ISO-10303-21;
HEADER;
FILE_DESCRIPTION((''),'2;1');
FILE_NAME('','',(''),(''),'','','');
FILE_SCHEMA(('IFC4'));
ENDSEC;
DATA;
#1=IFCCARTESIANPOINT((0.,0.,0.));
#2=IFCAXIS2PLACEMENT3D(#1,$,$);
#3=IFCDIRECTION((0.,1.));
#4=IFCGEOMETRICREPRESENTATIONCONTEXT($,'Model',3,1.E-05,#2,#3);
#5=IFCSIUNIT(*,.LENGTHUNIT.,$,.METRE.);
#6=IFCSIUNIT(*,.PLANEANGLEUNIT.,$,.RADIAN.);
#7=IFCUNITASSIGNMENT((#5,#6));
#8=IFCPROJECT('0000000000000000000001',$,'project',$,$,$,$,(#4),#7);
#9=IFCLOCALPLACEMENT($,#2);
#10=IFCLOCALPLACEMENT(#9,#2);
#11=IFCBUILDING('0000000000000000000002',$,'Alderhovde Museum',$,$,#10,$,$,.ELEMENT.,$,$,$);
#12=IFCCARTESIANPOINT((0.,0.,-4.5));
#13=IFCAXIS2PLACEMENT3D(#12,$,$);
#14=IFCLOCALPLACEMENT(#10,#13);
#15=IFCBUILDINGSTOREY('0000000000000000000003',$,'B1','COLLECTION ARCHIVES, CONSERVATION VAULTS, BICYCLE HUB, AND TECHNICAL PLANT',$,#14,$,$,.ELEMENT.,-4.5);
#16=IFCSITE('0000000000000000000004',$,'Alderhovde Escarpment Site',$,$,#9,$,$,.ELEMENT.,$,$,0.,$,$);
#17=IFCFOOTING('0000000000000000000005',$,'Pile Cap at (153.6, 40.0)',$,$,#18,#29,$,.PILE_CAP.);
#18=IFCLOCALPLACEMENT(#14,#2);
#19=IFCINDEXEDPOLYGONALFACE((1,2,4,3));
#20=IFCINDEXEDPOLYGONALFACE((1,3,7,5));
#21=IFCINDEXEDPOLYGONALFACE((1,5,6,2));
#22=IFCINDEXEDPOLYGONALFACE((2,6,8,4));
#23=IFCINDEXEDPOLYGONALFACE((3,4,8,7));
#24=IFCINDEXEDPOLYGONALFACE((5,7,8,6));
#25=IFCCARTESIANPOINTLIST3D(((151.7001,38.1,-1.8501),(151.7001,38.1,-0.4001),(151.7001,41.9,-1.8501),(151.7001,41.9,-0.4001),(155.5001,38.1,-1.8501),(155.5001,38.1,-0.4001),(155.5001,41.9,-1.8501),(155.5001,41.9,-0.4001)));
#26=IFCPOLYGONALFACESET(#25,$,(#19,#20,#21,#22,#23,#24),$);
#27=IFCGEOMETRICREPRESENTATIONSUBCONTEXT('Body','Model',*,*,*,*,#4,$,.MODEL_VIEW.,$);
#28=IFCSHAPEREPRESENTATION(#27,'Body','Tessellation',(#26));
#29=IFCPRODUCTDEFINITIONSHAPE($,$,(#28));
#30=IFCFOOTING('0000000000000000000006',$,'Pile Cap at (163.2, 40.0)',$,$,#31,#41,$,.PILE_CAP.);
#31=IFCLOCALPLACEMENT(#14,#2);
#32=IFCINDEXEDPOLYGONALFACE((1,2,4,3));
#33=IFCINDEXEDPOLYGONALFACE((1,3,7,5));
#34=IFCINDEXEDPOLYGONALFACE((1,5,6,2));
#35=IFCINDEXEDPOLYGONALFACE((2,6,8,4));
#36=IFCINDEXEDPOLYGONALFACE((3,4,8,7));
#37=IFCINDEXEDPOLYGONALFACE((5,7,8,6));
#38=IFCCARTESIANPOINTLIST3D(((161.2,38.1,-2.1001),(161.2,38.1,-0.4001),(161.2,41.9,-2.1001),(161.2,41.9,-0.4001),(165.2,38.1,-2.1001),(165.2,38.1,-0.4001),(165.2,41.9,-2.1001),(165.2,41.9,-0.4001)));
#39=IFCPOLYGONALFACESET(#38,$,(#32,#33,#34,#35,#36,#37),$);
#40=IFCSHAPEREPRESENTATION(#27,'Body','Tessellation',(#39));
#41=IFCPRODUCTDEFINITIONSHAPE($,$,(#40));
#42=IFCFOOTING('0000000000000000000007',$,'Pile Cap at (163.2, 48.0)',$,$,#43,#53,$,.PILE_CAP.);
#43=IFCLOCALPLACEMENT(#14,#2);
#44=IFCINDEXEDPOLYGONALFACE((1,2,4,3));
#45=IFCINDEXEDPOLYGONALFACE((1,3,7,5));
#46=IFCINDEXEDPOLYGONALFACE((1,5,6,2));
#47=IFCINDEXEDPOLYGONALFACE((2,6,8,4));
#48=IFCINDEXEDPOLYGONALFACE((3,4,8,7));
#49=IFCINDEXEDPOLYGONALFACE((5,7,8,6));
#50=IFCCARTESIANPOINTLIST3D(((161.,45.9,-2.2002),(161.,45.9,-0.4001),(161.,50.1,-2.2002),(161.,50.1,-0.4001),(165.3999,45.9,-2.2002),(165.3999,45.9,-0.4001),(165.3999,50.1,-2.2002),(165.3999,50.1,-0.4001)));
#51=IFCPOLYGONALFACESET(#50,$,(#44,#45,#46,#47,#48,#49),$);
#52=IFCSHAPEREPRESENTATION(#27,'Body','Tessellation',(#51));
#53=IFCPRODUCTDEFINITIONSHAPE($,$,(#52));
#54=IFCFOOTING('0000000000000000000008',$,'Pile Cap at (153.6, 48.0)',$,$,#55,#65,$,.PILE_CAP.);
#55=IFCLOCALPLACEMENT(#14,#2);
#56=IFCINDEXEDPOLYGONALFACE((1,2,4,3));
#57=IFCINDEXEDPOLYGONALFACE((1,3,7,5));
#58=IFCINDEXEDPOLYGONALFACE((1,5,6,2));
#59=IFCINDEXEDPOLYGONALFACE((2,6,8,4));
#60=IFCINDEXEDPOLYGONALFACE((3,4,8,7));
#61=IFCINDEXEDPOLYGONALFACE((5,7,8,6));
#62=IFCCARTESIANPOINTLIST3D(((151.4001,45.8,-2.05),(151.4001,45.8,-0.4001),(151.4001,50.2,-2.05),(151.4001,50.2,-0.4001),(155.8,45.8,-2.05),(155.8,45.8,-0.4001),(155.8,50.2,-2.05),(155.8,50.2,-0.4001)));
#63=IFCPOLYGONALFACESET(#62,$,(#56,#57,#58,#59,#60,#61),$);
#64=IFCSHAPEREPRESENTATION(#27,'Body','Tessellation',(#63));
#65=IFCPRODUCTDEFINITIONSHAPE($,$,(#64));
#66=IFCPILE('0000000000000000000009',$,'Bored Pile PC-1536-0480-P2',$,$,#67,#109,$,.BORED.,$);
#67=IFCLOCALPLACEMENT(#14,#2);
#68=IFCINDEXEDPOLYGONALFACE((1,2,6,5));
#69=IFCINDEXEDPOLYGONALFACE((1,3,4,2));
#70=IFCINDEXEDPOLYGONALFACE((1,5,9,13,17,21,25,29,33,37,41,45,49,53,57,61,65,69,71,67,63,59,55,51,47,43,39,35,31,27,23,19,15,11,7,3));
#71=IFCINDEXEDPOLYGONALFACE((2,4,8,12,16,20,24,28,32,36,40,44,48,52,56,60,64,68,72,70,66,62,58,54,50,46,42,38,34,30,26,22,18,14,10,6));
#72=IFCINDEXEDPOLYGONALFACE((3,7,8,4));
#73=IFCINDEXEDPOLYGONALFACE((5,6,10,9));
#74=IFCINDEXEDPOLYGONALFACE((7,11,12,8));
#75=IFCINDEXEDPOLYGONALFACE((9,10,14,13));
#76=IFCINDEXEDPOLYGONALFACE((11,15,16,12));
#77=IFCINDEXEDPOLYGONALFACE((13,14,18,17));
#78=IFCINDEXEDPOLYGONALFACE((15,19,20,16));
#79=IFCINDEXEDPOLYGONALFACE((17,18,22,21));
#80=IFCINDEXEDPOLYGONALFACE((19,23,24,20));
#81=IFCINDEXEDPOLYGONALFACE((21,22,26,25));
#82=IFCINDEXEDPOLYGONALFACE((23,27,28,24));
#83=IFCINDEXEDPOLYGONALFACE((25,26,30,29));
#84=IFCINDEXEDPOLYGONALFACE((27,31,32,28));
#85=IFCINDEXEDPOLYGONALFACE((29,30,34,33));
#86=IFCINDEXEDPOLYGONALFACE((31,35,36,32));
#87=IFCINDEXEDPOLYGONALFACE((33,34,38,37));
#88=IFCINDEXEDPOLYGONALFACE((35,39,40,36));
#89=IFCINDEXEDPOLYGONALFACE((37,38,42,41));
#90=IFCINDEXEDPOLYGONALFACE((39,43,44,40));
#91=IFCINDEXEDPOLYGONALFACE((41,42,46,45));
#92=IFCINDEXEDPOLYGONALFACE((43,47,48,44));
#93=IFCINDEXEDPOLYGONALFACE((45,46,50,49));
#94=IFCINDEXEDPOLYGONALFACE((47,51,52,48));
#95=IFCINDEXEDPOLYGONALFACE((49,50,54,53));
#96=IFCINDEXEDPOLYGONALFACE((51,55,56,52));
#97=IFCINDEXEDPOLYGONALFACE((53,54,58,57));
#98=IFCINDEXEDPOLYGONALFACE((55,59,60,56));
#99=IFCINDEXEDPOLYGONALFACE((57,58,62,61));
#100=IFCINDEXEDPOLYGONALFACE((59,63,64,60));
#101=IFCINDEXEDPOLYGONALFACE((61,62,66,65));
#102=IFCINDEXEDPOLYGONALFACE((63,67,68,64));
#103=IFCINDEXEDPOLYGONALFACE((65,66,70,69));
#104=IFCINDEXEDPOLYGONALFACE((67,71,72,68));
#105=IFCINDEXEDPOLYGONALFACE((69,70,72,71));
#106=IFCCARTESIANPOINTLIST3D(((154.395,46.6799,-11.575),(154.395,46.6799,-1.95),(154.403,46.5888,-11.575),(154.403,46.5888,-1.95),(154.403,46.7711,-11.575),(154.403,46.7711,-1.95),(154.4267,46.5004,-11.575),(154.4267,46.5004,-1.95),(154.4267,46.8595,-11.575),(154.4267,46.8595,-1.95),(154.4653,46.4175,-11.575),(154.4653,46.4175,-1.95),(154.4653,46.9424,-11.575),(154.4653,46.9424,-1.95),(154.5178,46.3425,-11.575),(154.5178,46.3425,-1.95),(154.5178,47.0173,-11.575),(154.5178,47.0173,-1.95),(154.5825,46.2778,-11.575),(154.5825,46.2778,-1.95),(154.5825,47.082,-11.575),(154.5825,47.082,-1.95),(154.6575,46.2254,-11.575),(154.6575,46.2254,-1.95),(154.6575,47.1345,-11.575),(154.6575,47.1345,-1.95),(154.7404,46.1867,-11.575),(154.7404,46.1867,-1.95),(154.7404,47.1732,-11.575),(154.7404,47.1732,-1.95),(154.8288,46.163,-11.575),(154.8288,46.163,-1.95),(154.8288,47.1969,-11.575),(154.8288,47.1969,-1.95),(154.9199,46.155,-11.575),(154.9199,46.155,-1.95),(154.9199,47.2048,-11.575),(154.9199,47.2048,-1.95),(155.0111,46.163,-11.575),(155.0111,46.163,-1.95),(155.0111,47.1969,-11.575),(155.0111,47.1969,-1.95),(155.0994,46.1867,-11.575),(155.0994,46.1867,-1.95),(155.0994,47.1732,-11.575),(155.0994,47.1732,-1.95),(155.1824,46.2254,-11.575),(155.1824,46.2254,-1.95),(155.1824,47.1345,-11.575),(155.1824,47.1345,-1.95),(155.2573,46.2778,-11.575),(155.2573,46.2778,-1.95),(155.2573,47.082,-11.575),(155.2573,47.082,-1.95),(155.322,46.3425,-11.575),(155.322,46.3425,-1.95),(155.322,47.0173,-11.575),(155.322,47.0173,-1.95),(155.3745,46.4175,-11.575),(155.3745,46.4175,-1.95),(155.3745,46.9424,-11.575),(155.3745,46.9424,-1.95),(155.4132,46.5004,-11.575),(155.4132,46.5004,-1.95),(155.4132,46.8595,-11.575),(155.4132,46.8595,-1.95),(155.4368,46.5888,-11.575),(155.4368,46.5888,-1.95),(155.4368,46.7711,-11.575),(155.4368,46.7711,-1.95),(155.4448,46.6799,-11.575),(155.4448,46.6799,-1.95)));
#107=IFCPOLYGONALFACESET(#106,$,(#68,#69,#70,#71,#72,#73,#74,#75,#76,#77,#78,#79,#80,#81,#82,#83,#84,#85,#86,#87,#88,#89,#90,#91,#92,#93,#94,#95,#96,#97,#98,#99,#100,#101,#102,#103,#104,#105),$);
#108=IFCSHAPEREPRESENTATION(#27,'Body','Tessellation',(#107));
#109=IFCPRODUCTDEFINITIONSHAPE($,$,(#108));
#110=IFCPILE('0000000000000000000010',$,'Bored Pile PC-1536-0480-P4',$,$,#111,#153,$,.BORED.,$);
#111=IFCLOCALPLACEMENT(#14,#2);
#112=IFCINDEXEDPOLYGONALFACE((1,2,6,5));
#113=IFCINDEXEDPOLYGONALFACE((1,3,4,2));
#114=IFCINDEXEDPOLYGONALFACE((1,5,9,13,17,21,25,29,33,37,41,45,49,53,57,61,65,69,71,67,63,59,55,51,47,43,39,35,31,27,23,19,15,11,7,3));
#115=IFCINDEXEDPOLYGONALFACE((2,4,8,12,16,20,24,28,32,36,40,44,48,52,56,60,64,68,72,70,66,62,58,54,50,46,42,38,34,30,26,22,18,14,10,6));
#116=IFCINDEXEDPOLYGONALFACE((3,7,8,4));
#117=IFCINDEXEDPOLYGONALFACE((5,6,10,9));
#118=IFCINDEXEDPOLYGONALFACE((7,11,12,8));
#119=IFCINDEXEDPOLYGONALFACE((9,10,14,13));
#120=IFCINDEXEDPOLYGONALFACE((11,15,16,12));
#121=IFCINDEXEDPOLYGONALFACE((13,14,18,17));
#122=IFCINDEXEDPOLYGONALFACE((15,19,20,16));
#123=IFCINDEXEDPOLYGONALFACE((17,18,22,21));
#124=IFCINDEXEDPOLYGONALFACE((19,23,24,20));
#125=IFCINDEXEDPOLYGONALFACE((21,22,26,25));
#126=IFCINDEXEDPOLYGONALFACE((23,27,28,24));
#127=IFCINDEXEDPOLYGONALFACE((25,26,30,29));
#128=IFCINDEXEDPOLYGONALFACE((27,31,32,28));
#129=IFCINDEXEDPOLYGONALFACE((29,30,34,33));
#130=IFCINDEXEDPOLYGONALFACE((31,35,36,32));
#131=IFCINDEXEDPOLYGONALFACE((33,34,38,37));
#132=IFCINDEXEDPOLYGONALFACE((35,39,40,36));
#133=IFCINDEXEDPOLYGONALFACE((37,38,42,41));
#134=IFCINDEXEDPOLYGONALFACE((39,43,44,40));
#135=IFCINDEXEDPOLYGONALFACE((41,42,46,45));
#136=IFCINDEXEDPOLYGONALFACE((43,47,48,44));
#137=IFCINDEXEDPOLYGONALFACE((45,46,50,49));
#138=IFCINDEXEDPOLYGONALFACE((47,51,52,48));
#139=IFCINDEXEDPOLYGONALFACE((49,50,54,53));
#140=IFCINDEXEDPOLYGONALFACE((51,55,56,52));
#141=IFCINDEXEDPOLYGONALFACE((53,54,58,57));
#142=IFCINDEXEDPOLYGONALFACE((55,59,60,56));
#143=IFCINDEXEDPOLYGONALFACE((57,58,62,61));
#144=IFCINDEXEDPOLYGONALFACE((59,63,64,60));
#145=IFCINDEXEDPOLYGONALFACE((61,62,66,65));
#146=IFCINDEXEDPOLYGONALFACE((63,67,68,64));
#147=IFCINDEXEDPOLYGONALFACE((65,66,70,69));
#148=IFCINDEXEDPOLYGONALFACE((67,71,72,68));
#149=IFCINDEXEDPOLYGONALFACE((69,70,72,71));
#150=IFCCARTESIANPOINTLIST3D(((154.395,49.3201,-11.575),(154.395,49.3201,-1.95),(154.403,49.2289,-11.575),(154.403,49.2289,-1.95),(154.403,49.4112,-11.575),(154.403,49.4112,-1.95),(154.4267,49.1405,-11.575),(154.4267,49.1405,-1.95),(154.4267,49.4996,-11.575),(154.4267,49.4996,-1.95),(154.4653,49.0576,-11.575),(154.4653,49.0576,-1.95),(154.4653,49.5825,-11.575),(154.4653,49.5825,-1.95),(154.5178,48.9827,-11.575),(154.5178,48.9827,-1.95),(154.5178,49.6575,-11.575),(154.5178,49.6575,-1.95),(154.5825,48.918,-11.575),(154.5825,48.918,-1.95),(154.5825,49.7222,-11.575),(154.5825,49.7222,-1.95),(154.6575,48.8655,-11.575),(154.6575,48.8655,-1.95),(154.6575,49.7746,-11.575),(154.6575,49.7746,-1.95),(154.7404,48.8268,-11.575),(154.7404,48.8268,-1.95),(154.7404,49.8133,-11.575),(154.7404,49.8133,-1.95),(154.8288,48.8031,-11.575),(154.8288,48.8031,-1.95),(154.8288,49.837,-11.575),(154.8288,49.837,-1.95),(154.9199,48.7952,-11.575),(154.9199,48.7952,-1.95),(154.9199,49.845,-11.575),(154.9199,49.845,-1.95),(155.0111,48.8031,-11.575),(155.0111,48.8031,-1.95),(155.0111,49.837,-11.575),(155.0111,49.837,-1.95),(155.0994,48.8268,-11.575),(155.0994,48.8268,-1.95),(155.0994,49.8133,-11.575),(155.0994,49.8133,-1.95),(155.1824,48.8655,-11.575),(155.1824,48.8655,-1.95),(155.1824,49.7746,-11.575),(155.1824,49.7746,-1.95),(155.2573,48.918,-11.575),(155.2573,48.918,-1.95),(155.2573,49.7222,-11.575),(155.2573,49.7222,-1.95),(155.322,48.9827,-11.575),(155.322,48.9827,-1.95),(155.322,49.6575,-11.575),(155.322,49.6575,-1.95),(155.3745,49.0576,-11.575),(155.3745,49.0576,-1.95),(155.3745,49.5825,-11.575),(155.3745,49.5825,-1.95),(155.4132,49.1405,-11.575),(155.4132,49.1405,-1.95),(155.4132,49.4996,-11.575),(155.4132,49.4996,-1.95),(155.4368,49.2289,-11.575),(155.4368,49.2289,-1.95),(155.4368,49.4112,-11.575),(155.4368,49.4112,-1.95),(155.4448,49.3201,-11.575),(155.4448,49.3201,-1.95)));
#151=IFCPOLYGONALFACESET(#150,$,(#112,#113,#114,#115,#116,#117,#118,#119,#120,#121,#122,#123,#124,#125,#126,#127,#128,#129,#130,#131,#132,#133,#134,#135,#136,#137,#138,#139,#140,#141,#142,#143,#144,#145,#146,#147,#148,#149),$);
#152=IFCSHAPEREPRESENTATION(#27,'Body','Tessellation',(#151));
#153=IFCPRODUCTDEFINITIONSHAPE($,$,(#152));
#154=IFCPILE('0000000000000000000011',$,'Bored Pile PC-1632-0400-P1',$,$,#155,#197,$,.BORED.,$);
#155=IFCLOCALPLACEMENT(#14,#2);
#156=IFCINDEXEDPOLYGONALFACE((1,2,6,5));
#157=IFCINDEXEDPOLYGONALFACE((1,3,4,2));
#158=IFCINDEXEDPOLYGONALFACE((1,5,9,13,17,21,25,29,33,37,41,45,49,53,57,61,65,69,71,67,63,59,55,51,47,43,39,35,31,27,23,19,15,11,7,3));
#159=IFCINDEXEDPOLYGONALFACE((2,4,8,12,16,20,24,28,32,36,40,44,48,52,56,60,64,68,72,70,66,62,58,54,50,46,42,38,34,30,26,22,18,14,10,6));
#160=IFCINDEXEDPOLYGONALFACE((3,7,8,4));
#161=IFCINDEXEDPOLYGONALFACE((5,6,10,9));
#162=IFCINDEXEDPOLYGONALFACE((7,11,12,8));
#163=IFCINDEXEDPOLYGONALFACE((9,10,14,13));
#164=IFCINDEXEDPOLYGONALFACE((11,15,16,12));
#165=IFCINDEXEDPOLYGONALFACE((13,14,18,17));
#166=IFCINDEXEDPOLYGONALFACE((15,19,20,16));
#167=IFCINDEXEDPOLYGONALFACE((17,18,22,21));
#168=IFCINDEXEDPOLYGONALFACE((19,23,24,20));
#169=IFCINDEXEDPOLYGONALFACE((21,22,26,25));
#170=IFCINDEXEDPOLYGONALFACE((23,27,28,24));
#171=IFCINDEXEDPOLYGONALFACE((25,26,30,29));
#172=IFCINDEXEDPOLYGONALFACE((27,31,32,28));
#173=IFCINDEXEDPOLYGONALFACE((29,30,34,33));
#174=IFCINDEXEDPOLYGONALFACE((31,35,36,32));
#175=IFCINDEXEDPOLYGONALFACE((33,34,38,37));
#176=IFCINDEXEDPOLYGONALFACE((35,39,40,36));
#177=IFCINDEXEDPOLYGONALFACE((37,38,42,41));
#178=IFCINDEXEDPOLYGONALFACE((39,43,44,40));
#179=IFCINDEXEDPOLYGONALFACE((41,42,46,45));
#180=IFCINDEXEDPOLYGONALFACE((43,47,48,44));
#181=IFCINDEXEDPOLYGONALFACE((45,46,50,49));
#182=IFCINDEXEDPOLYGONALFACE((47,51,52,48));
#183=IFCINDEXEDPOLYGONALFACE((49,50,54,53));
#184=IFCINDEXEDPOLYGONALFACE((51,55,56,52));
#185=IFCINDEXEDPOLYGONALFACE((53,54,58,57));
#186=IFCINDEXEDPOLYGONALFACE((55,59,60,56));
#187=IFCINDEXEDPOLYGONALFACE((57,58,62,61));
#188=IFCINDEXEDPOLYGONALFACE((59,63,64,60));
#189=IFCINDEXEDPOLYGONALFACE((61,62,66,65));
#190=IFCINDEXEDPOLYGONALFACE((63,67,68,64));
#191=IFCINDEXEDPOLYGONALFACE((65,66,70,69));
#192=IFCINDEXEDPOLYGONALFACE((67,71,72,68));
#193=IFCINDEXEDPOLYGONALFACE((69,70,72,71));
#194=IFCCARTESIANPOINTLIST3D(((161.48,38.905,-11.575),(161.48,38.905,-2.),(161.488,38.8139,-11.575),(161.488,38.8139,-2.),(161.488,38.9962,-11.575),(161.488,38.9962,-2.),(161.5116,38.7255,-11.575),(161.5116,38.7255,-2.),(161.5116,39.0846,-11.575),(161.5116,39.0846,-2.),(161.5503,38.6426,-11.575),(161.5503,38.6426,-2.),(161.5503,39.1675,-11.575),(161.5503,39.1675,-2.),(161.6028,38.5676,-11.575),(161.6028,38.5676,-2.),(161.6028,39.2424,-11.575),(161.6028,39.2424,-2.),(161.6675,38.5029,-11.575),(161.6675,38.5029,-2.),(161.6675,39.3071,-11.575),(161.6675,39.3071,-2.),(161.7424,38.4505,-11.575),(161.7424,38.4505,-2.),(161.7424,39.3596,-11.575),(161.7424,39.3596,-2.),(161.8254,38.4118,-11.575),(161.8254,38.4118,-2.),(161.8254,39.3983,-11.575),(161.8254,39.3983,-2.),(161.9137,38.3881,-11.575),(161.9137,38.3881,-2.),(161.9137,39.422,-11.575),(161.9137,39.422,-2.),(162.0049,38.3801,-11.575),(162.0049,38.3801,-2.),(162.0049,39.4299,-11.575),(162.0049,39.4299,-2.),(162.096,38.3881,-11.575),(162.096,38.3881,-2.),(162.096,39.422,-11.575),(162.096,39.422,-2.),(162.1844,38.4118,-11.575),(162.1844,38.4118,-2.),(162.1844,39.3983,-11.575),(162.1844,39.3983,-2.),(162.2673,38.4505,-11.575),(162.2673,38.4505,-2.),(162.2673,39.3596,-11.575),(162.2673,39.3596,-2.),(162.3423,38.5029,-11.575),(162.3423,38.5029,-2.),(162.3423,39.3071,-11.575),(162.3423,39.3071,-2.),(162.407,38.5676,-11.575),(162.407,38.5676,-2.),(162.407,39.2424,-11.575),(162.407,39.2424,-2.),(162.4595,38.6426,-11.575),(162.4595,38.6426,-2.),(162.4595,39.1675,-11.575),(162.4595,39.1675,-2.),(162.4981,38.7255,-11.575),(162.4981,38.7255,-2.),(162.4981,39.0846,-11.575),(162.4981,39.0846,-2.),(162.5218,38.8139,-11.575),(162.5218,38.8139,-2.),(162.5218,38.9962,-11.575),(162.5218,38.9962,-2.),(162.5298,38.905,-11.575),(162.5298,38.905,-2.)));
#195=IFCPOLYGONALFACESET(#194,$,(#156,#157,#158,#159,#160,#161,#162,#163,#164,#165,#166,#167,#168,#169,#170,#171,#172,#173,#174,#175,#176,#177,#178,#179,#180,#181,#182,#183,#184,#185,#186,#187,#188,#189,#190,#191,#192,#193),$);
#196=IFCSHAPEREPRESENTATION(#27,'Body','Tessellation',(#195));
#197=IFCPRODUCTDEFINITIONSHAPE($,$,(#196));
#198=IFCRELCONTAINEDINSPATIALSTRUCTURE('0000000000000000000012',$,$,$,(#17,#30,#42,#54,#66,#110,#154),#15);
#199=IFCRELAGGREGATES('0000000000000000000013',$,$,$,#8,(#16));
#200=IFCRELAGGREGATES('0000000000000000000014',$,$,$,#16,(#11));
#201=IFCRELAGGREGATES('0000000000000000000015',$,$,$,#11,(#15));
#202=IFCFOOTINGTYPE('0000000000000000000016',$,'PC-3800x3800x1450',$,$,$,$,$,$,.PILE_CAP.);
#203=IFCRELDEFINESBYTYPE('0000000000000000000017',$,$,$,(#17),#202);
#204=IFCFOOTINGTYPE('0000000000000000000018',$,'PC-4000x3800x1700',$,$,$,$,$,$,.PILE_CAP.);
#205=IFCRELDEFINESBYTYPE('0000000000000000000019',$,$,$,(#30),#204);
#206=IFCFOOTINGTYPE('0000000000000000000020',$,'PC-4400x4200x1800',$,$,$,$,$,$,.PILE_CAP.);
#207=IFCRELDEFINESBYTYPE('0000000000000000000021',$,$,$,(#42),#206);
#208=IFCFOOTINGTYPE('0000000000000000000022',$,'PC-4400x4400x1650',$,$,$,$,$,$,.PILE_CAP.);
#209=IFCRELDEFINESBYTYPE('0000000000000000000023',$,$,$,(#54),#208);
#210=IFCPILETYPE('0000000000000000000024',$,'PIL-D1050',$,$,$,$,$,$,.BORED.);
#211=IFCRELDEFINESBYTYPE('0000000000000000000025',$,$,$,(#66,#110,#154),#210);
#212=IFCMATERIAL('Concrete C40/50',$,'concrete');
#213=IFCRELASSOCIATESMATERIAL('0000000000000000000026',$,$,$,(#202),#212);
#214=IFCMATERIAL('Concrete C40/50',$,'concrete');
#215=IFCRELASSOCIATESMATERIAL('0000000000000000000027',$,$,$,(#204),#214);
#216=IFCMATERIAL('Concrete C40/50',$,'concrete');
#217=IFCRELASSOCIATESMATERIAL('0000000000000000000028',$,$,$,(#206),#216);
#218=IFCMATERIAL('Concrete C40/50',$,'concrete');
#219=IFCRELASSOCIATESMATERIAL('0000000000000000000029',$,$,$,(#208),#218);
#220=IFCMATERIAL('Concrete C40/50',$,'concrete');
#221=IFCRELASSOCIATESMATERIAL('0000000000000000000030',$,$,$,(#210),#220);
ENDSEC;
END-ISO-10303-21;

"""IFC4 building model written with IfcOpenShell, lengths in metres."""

from ifc_helpers import new_model, si_unit, direction, frame, origin, origin_2d, place, context, subcontext, project, spatial, rectangle, circle, extrude, material, material_profile, profile_set, type_object, element, save


model = new_model("IFC4")

# Units and contexts
model_context = context("Model", 3, precision=1e-05, world=origin(), true_north=direction((0.0, 1.0)))
body_context = subcontext(model_context, "Body", "Model", "MODEL_VIEW")
ifc_project = project(units=[si_unit("LENGTHUNIT", "METRE"), si_unit("PLANEANGLEUNIT", "RADIAN")], contexts=[model_context])

# Site, building, storey
site_placement = place(None, origin())
site = spatial("IfcSite", under=ifc_project, at=site_placement, Name="Alderhovde Escarpment Site", CompositionType="ELEMENT", RefElevation=0.0)
building_placement = place(site_placement, origin())
building = spatial("IfcBuilding", under=site, at=building_placement, Name="Alderhovde Museum", CompositionType="ELEMENT")
storey_placement = place(building_placement, frame((0.0, 0.0, -4.5)))
storey = spatial("IfcBuildingStorey", under=building, at=storey_placement, Name="B1", Description="COLLECTION ARCHIVES, CONSERVATION VAULTS, BICYCLE HUB, AND TECHNICAL PLANT", CompositionType="ELEMENT", Elevation=-4.5)

# Footings
ifc_material_1 = material(Name="Concrete C40/50", Category="concrete")
footing_type_1 = type_object("IfcFootingType", Name="PC-3800x3800x1450", PredefinedType="PILE_CAP", material=ifc_material_1)
footing_1_placement = place(storey_placement, frame((153.6001, 40.0, -1.8501), z_axis=(0.0, 0.0, 1.0), x_axis=(1.0, 0.0, 0.0)))
element("IfcFooting", 1, at=footing_1_placement, inside=storey, type_object=footing_type_1, Name="Pile Cap at (153.6, 40.0)", PredefinedType="PILE_CAP", context=body_context, shape_type="SweptSolid", body=[
    extrude(rectangle(XDim=3.8, YDim=3.8, at=origin_2d()), origin(), (0.0, 0.0, 1.0), 1.45),
])
ifc_material_2 = material(Name="Concrete C40/50", Category="concrete")
footing_type_2 = type_object("IfcFootingType", Name="PC-4000x3800x1700", PredefinedType="PILE_CAP", material=ifc_material_2)
footing_2_placement = place(storey_placement, frame((163.2, 40.0, -2.1001), z_axis=(0.0, 0.0, 1.0), x_axis=(1.0, 0.0, 0.0)))
element("IfcFooting", 2, at=footing_2_placement, inside=storey, type_object=footing_type_2, Name="Pile Cap at (163.2, 40.0)", PredefinedType="PILE_CAP", context=body_context, shape_type="SweptSolid", body=[
    extrude(rectangle(XDim=4.0, YDim=3.8, at=origin_2d()), origin(), (0.0, 0.0, 1.0), 1.7),
])
ifc_material_3 = material(Name="Concrete C40/50", Category="concrete")
footing_type_3 = type_object("IfcFootingType", Name="PC-4400x4200x1800", PredefinedType="PILE_CAP", material=ifc_material_3)
footing_3_placement = place(storey_placement, frame((163.2, 48.0, -2.2002), z_axis=(0.0, 0.0, 1.0), x_axis=(1.0, 0.0, 0.0)))
element("IfcFooting", 3, at=footing_3_placement, inside=storey, type_object=footing_type_3, Name="Pile Cap at (163.2, 48.0)", PredefinedType="PILE_CAP", context=body_context, shape_type="SweptSolid", body=[
    extrude(rectangle(XDim=4.3999, YDim=4.2, at=origin_2d()), origin(), (0.0, 0.0, 1.0), 1.8),
])
ifc_material_4 = material(Name="Concrete C40/50", Category="concrete")
footing_type_4 = type_object("IfcFootingType", Name="PC-4400x4400x1650", PredefinedType="PILE_CAP", material=ifc_material_4)
footing_4_placement = place(storey_placement, frame((153.6001, 48.0, -2.05), z_axis=(0.0, 0.0, 1.0), x_axis=(1.0, 0.0, 0.0)))
element("IfcFooting", 4, at=footing_4_placement, inside=storey, type_object=footing_type_4, Name="Pile Cap at (153.6, 48.0)", PredefinedType="PILE_CAP", context=body_context, shape_type="SweptSolid", body=[
    extrude(rectangle(XDim=4.3999, YDim=4.3999, at=origin_2d()), origin(), (0.0, 0.0, 1.0), 1.6499),
])

# Piles
ifc_material_5 = material(Name="Concrete C40/50", Category="concrete")
ifc_material_profile_1 = material_profile(ifc_material_5, circle(Radius=0.5249, at=origin_2d()), Name="PILE-D1050")
ifc_profile_set_1 = profile_set([ifc_material_profile_1], Name="Concrete C40/50")
pile_type_1 = type_object("IfcPileType", Name="PIL-D1050", PredefinedType="BORED", material=ifc_profile_set_1)
for number, where, z_axis, x_axis, name in (
    (5, (154.9199, 46.6799, -1.95), (0.0, 0.0, -1.0), (1.0, 0.0, 0.0), "Bored Pile PC-1536-0480-P2"),
    (6, (154.9199, 49.3201, -1.95), (0.0, 0.0, -1.0), (1.0, 0.0, 0.0), "Bored Pile PC-1536-0480-P4"),
):
    element("IfcPile", number, at=place(storey_placement, frame(where, z_axis=z_axis, x_axis=x_axis)), inside=storey, type_object=pile_type_1, Name=name, PredefinedType="BORED", context=body_context, shape_type="SweptSolid", body=[
        extrude(circle(Radius=0.5249, at=origin_2d()), origin(), (0.0, 0.0, 1.0), 9.625),
    ])
for number, where, z_axis, x_axis, name in (
    (7, (162.0049, 38.905, -2.0), (0.0, 0.0, -1.0), (1.0, 0.0, 0.0), "Bored Pile PC-1632-0400-P1"),
):
    element("IfcPile", number, at=place(storey_placement, frame(where, z_axis=z_axis, x_axis=x_axis)), inside=storey, type_object=pile_type_1, Name=name, PredefinedType="BORED", context=body_context, shape_type="SweptSolid", body=[
        extrude(circle(Radius=0.5249, at=origin_2d()), origin(), (0.0, 0.0, 1.0), 9.575),
    ])

save(model, "model.ifc")
